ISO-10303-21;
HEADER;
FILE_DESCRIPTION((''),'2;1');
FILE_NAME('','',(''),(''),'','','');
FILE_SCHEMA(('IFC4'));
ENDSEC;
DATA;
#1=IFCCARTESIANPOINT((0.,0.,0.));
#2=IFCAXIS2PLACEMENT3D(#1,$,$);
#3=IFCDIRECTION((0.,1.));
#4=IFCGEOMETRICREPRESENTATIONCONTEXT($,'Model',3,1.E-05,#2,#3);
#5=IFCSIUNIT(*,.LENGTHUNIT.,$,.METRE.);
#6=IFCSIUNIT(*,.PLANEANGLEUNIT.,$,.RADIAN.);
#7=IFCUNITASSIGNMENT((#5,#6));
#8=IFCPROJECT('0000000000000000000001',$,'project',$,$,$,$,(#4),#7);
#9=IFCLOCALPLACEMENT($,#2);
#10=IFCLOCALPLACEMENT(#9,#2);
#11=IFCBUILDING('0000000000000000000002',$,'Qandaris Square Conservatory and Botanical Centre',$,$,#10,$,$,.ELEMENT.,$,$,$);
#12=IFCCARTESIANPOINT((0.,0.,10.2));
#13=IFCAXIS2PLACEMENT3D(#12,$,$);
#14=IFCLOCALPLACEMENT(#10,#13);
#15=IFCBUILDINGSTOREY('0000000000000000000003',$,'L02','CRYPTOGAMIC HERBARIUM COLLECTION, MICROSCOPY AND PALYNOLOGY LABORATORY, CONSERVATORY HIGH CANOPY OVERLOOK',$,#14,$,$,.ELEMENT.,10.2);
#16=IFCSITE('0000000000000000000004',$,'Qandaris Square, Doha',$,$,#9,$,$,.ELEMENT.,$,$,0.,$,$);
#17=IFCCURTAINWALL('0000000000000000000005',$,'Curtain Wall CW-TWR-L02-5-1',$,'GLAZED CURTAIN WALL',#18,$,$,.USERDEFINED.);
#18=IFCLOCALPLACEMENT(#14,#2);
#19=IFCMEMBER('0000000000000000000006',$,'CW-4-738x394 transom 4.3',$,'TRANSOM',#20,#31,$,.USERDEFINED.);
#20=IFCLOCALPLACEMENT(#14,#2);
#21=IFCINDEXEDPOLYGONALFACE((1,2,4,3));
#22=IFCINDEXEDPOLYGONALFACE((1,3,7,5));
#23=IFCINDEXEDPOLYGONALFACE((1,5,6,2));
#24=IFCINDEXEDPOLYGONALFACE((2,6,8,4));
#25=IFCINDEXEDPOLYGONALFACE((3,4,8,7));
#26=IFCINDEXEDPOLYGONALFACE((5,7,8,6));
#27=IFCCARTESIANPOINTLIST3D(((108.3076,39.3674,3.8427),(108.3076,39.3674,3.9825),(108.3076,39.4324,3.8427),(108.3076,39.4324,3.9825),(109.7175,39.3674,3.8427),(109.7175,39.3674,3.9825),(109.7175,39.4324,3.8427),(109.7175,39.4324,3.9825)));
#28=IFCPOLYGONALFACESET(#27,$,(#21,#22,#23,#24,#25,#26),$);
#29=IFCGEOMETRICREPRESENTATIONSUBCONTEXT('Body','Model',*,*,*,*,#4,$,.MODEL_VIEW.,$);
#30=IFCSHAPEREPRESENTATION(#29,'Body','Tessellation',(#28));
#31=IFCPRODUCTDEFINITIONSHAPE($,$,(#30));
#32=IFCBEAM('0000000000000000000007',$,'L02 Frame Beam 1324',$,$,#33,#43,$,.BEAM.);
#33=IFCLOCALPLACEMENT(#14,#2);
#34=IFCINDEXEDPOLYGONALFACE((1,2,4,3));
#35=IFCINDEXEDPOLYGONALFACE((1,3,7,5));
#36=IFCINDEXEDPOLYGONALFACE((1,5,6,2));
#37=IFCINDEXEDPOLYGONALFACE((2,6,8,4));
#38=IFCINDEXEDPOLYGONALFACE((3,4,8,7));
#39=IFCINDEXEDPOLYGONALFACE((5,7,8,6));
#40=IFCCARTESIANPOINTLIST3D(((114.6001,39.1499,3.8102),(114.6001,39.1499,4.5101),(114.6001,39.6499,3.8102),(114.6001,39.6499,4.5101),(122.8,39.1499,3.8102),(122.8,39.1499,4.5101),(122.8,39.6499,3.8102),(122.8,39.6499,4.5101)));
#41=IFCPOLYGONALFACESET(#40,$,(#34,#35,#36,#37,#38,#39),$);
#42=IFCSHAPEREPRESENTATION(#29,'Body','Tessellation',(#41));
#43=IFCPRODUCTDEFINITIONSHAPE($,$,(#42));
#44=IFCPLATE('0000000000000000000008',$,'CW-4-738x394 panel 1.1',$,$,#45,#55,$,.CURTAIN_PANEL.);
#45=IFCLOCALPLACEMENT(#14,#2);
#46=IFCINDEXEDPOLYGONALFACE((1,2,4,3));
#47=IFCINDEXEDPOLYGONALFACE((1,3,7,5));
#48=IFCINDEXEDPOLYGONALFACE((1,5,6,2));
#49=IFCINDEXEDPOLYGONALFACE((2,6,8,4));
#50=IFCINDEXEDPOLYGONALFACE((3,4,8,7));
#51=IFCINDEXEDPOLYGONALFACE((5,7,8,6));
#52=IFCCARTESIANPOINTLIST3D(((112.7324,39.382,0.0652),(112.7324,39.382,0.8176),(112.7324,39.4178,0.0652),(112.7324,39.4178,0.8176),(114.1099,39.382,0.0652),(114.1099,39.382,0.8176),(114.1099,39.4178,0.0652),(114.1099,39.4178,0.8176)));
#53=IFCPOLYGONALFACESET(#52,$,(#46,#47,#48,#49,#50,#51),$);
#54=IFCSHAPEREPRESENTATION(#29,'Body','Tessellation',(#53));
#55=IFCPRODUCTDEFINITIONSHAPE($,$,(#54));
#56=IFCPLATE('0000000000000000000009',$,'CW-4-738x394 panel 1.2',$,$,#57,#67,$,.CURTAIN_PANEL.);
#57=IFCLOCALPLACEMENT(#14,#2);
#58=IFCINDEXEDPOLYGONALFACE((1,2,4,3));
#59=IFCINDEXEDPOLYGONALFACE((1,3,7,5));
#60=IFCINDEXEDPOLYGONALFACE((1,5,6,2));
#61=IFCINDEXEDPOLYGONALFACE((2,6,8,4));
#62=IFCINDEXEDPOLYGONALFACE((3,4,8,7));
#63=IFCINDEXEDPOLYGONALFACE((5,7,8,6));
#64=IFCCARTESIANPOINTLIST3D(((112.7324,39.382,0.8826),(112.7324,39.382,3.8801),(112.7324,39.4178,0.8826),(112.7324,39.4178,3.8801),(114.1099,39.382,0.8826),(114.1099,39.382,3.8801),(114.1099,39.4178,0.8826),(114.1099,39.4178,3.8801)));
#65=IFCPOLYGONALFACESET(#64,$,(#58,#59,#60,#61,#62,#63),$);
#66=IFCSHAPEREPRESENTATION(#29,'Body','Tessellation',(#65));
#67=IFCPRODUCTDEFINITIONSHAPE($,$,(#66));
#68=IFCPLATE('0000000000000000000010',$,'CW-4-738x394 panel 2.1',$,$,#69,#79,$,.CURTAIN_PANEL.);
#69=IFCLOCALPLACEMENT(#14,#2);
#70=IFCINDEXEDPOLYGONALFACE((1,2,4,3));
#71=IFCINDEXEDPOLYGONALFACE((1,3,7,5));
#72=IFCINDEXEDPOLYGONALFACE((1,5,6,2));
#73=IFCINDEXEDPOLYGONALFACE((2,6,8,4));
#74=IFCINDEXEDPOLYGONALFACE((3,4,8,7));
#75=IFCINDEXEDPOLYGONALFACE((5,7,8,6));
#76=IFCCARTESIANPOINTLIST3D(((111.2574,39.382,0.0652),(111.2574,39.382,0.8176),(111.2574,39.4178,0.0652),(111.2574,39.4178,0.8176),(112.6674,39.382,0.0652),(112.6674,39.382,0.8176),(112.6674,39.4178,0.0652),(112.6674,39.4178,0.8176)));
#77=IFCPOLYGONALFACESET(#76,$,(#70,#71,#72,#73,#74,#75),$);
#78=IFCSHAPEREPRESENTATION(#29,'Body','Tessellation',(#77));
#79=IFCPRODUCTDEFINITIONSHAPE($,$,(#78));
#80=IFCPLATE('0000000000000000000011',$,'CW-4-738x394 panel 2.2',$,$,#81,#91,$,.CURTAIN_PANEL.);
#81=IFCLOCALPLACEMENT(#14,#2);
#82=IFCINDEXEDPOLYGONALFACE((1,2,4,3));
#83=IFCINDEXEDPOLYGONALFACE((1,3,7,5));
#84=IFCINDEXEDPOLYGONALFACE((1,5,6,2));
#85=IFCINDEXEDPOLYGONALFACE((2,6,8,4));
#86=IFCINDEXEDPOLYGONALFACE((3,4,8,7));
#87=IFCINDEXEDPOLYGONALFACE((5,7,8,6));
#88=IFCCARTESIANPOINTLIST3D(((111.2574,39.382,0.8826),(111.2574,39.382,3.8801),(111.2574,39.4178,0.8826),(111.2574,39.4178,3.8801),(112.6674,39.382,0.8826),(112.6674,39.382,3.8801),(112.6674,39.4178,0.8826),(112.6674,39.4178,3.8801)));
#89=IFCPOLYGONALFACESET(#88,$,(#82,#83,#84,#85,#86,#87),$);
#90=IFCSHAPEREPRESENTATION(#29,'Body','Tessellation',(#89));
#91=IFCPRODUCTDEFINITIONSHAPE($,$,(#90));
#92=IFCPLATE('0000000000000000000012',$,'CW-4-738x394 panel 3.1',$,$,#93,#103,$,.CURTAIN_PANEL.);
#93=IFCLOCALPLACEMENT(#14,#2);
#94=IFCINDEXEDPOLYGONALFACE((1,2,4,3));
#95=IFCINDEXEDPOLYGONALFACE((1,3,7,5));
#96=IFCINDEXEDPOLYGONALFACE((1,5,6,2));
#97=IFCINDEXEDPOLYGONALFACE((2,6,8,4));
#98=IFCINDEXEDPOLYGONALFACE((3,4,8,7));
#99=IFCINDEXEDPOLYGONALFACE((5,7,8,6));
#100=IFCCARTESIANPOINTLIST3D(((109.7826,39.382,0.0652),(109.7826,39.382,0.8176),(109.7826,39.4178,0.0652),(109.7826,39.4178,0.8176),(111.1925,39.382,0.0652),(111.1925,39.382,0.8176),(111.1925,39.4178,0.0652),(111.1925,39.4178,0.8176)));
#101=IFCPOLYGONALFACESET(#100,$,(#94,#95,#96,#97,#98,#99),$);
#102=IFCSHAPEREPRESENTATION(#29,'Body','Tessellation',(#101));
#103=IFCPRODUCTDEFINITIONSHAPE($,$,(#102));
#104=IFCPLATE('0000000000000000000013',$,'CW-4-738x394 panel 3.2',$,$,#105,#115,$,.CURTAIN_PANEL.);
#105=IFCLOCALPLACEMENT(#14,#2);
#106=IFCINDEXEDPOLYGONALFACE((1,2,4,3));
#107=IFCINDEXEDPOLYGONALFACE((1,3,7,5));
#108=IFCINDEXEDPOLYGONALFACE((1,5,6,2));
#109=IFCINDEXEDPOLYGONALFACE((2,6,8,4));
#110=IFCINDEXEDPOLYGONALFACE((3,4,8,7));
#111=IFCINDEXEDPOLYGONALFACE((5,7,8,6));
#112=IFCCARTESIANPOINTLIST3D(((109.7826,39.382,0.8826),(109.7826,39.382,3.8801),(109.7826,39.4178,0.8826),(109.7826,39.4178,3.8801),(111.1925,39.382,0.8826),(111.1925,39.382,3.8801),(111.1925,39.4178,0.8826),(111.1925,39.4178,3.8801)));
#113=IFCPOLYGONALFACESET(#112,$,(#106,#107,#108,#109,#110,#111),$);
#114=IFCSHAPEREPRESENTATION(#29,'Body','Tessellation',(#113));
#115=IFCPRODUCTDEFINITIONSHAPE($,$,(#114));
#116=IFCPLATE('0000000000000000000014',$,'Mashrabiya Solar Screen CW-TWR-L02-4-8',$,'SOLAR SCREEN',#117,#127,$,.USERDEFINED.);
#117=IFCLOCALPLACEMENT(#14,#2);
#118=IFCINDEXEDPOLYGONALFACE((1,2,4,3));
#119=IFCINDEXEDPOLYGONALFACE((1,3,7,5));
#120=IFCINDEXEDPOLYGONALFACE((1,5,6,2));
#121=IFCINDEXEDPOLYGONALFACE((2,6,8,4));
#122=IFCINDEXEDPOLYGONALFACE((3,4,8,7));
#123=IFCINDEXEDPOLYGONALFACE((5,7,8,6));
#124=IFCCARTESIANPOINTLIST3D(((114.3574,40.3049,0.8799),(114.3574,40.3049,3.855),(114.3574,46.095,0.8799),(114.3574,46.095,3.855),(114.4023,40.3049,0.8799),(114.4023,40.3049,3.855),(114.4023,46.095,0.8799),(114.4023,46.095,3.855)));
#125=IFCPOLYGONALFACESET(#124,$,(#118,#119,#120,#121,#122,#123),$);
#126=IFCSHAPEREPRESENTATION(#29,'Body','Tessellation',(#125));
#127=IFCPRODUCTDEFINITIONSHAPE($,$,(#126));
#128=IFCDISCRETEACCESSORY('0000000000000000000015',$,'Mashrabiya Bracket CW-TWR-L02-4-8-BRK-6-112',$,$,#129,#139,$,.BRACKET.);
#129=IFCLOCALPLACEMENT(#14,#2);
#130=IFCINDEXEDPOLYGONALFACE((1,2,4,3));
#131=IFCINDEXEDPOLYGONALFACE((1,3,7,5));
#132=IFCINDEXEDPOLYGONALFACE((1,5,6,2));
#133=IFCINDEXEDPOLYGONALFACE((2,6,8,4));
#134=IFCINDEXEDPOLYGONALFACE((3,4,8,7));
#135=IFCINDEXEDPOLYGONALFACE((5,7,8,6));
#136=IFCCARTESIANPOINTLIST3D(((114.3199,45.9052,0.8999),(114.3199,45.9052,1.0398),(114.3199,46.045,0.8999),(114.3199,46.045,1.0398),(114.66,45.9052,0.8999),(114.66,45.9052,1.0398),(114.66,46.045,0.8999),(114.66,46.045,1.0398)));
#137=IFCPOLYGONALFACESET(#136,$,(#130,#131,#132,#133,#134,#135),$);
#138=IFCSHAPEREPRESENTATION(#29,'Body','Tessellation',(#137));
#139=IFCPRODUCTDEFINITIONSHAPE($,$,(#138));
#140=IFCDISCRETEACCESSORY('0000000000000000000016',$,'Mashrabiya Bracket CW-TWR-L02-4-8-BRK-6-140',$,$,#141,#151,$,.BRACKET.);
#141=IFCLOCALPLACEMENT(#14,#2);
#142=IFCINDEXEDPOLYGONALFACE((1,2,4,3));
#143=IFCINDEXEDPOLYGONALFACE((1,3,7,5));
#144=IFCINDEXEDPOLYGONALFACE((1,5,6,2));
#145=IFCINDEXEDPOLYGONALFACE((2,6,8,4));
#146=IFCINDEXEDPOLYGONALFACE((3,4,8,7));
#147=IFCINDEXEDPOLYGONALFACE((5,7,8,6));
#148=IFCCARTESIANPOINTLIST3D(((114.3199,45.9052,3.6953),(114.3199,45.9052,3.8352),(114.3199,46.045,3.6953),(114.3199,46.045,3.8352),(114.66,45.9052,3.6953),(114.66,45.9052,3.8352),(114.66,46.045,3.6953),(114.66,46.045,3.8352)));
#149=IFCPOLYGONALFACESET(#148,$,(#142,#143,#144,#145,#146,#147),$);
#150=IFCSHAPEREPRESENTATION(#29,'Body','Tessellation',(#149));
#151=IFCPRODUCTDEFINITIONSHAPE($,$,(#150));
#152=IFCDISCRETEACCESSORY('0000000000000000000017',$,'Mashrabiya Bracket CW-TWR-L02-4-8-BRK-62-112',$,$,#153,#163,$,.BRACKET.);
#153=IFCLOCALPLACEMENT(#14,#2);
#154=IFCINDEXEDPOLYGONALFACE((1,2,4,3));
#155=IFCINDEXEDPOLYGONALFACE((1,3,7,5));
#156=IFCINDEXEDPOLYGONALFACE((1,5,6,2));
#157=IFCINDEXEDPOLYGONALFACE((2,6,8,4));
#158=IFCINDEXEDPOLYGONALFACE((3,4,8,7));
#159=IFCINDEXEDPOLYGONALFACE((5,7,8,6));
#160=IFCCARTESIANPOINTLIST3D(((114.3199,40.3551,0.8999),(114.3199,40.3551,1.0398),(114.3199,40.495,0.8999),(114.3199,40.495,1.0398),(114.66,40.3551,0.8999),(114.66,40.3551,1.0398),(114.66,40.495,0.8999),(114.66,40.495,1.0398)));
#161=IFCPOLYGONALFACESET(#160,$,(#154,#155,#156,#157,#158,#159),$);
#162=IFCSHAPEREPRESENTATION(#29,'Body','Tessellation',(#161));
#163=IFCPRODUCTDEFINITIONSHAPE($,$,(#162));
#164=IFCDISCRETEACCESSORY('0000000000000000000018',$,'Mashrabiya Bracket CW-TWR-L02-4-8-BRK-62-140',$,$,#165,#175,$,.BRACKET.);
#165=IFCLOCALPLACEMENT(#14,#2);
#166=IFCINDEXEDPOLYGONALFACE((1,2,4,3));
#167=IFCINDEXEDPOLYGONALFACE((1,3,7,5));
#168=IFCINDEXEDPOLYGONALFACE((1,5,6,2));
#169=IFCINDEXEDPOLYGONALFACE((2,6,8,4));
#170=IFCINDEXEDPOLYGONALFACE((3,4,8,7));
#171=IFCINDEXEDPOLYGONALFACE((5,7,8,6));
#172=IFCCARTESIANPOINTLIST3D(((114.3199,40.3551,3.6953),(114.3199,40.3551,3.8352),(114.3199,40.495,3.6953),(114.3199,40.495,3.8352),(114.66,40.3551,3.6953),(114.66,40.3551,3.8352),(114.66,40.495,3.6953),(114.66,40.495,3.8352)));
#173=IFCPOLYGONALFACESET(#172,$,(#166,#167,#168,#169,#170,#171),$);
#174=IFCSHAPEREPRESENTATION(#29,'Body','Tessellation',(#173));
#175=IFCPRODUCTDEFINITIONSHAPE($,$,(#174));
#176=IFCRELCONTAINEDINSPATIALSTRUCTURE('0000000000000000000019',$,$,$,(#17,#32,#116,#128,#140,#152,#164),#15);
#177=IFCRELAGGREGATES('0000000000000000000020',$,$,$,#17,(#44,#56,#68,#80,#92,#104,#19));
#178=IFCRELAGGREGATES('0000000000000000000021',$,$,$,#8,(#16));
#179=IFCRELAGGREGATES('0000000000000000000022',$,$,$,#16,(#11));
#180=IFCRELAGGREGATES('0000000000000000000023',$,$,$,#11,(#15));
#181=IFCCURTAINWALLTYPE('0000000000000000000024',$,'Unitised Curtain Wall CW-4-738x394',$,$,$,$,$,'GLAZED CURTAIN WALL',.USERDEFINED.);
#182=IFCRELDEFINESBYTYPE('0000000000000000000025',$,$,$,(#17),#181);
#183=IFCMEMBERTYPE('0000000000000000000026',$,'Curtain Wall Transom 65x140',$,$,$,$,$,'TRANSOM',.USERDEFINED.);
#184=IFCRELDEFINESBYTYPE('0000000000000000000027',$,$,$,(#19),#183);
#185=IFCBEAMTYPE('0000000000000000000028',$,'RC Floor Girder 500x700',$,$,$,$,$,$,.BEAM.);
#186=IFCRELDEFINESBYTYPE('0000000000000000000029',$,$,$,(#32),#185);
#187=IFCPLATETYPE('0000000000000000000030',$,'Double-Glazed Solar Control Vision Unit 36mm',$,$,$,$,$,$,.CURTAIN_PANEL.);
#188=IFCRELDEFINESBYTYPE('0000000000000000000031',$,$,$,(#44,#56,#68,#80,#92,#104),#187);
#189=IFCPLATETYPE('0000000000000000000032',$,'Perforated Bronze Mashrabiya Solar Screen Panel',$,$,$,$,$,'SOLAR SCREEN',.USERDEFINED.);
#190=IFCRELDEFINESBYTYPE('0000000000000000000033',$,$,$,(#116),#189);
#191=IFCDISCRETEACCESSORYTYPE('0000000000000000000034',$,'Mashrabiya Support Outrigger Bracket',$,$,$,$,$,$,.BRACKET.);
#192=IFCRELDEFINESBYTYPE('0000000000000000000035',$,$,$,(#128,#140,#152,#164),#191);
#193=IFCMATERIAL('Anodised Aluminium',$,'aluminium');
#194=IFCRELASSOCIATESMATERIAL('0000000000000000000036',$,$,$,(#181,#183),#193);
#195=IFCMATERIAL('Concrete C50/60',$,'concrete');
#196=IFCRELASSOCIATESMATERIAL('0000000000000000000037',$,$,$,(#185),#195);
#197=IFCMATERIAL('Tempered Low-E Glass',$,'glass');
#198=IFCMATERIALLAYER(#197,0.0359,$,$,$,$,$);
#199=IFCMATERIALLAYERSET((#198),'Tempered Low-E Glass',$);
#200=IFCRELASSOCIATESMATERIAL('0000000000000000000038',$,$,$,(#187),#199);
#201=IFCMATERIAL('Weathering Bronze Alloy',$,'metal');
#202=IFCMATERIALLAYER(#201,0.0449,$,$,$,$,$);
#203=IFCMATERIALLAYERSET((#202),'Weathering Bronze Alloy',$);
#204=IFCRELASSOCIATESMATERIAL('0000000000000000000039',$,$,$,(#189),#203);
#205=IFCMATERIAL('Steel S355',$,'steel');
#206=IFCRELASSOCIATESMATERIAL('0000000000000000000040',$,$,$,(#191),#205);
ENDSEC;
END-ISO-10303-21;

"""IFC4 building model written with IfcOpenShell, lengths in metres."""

from ifc_helpers import new_model, si_unit, direction, frame, origin, origin_2d, place, context, subcontext, project, spatial, rectangle, extrude, material, layer, layer_set, material_profile, profile_set, type_object, element, aggregate, save


model = new_model("IFC4")

# Units and contexts
model_context = context("Model", 3, precision=1e-05, world=origin(), true_north=direction((0.0, 1.0)))
body_context = subcontext(model_context, "Body", "Model", "MODEL_VIEW")
ifc_project = project(units=[si_unit("LENGTHUNIT", "METRE"), si_unit("PLANEANGLEUNIT", "RADIAN")], contexts=[model_context])

# Site, building, storey
site_placement = place(None, origin())
site = spatial("IfcSite", under=ifc_project, at=site_placement, Name="Qandaris Square, Doha", CompositionType="ELEMENT", RefElevation=0.0)
building_placement = place(site_placement, origin())
building = spatial("IfcBuilding", under=site, at=building_placement, Name="Qandaris Square Conservatory and Botanical Centre", CompositionType="ELEMENT")
storey_placement = place(building_placement, frame((0.0, 0.0, 10.2)))
storey = spatial("IfcBuildingStorey", under=building, at=storey_placement, Name="L02", Description="CRYPTOGAMIC HERBARIUM COLLECTION, MICROSCOPY AND PALYNOLOGY LABORATORY, CONSERVATORY HIGH CANOPY OVERLOOK", CompositionType="ELEMENT", Elevation=10.2)

# Shared definitions
ifc_material_1 = material(Name="Concrete C50/60", Category="concrete")

# Curtain wall, member
ifc_material_2 = material(Name="Anodised Aluminium", Category="aluminium")
curtain_wall_type = type_object("IfcCurtainWallType", Name="Unitised Curtain Wall CW-4-738x394", ElementType="GLAZED CURTAIN WALL", PredefinedType="USERDEFINED", material=ifc_material_2)
curtain_wall_placement = place(storey_placement, origin())
curtain_wall = element("IfcCurtainWall", 1, at=curtain_wall_placement, inside=storey, type_object=curtain_wall_type, Name="Curtain Wall CW-TWR-L02-5-1", ObjectType="GLAZED CURTAIN WALL", PredefinedType="USERDEFINED")
ifc_material_profile_1 = material_profile(ifc_material_2, rectangle(XDim=0.0649, YDim=0.1399, at=origin_2d()), Name="ALU-TRN 65x140")
ifc_profile_set_1 = profile_set([ifc_material_profile_1], Name="Anodised Aluminium")
member_type_1 = type_object("IfcMemberType", Name="Curtain Wall Transom 65x140", ElementType="TRANSOM", PredefinedType="USERDEFINED", material=ifc_profile_set_1)
member_1_placement = place(storey_placement, frame((109.7175, 39.3999, 3.9126), z_axis=(-1.0, 0.0, 0.0), x_axis=(0.0, -1.0, 0.0)))
member_1 = element("IfcMember", 2, at=member_1_placement, type_object=member_type_1, Name="CW-4-738x394 transom 4.3", ObjectType="TRANSOM", PredefinedType="USERDEFINED", context=body_context, shape_type="SweptSolid", body=[
    extrude(rectangle(XDim=0.0649, YDim=0.1399, at=origin_2d()), origin(), (0.0, 0.0, 1.0), 1.4099),
])

# Beam
ifc_material_profile_2 = material_profile(ifc_material_1, rectangle(XDim=0.5, YDim=0.7, at=origin_2d()), Name="RC-BM 500x700")
ifc_profile_set_2 = profile_set([ifc_material_profile_2], Name="Concrete C50/60")
beam_type = type_object("IfcBeamType", Name="RC Floor Girder 500x700", PredefinedType="BEAM", material=ifc_profile_set_2)
beam_placement = place(storey_placement, frame((114.6001, 39.3999, 4.1602), z_axis=(1.0, 0.0, 0.0), x_axis=(0.0, 1.0, 0.0)))
element("IfcBeam", 3, at=beam_placement, inside=storey, type_object=beam_type, Name="L02 Frame Beam 1324", PredefinedType="BEAM", context=body_context, shape_type="SweptSolid", body=[
    extrude(rectangle(XDim=0.5, YDim=0.7, at=origin_2d()), origin(), (0.0, 0.0, 1.0), 8.2),
])

# Plates
ifc_material_3 = material(Name="Tempered Low-E Glass", Category="glass")
ifc_layer_1 = layer(ifc_material_3, 0.0359)
ifc_layer_set_1 = layer_set([ifc_layer_1], Name="Tempered Low-E Glass")
plate_type_1 = type_object("IfcPlateType", Name="Double-Glazed Solar Control Vision Unit 36mm", PredefinedType="CURTAIN_PANEL", material=ifc_layer_set_1)
plate_1_placement = place(storey_placement, frame((113.4211, 39.3999, 0.0652), z_axis=(0.0, 0.0, 1.0), x_axis=(-1.0, 0.0, 0.0)))
plate_1 = element("IfcPlate", 4, at=plate_1_placement, type_object=plate_type_1, Name="CW-4-738x394 panel 1.1", PredefinedType="CURTAIN_PANEL", context=body_context, shape_type="SweptSolid", body=[
    extrude(rectangle(XDim=1.3774, YDim=0.0359, at=origin_2d()), origin(), (0.0, 0.0, 1.0), 0.7524),
])
plate_2_placement = place(storey_placement, frame((113.4211, 39.3999, 0.8826), z_axis=(0.0, 0.0, 1.0), x_axis=(-1.0, 0.0, 0.0)))
plate_2 = element("IfcPlate", 5, at=plate_2_placement, type_object=plate_type_1, Name="CW-4-738x394 panel 1.2", PredefinedType="CURTAIN_PANEL", context=body_context, shape_type="SweptSolid", body=[
    extrude(rectangle(XDim=1.3774, YDim=0.0359, at=origin_2d()), origin(), (0.0, 0.0, 1.0), 2.9976),
])
plate_3_placement = place(storey_placement, frame((111.9624, 39.3999, 0.0652), z_axis=(0.0, 0.0, 1.0), x_axis=(-1.0, 0.0, 0.0)))
plate_3 = element("IfcPlate", 6, at=plate_3_placement, type_object=plate_type_1, Name="CW-4-738x394 panel 2.1", PredefinedType="CURTAIN_PANEL", context=body_context, shape_type="SweptSolid", body=[
    extrude(rectangle(XDim=1.4099, YDim=0.0359, at=origin_2d()), origin(), (0.0, 0.0, 1.0), 0.7524),
])
plate_4_placement = place(storey_placement, frame((111.9624, 39.3999, 0.8826), z_axis=(0.0, 0.0, 1.0), x_axis=(-1.0, 0.0, 0.0)))
plate_4 = element("IfcPlate", 7, at=plate_4_placement, type_object=plate_type_1, Name="CW-4-738x394 panel 2.2", PredefinedType="CURTAIN_PANEL", context=body_context, shape_type="SweptSolid", body=[
    extrude(rectangle(XDim=1.4099, YDim=0.0359, at=origin_2d()), origin(), (0.0, 0.0, 1.0), 2.9976),
])
plate_5_placement = place(storey_placement, frame((110.4875, 39.3999, 0.0652), z_axis=(0.0, 0.0, 1.0), x_axis=(-1.0, 0.0, 0.0)))
plate_5 = element("IfcPlate", 8, at=plate_5_placement, type_object=plate_type_1, Name="CW-4-738x394 panel 3.1", PredefinedType="CURTAIN_PANEL", context=body_context, shape_type="SweptSolid", body=[
    extrude(rectangle(XDim=1.4099, YDim=0.0359, at=origin_2d()), origin(), (0.0, 0.0, 1.0), 0.7524),
])
plate_6_placement = place(storey_placement, frame((110.4875, 39.3999, 0.8826), z_axis=(0.0, 0.0, 1.0), x_axis=(-1.0, 0.0, 0.0)))
plate_6 = element("IfcPlate", 9, at=plate_6_placement, type_object=plate_type_1, Name="CW-4-738x394 panel 3.2", PredefinedType="CURTAIN_PANEL", context=body_context, shape_type="SweptSolid", body=[
    extrude(rectangle(XDim=1.4099, YDim=0.0359, at=origin_2d()), origin(), (0.0, 0.0, 1.0), 2.9976),
])
aggregate(curtain_wall, [plate_1, plate_2, plate_3, plate_4, plate_5, plate_6, member_1])
ifc_material_4 = material(Name="Weathering Bronze Alloy", Category="metal")
ifc_layer_2 = layer(ifc_material_4, 0.0449)
ifc_layer_set_2 = layer_set([ifc_layer_2], Name="Weathering Bronze Alloy")
plate_type_2 = type_object("IfcPlateType", Name="Perforated Bronze Mashrabiya Solar Screen Panel", ElementType="SOLAR SCREEN", PredefinedType="USERDEFINED", material=ifc_layer_set_2)
plate_7_placement = place(storey_placement, frame((114.3799, 43.2, 0.8799), z_axis=(0.0, 0.0, 1.0), x_axis=(0.0, -1.0, 0.0)))
element("IfcPlate", 10, at=plate_7_placement, inside=storey, type_object=plate_type_2, Name="Mashrabiya Solar Screen CW-TWR-L02-4-8", ObjectType="SOLAR SCREEN", PredefinedType="USERDEFINED", context=body_context, shape_type="SweptSolid", body=[
    extrude(rectangle(XDim=5.79, YDim=0.0449, at=origin_2d()), origin(), (0.0, 0.0, 1.0), 2.9751),
])

# Discrete accessories
ifc_material_5 = material(Name="Steel S355", Category="steel")
discrete_accessory_type = type_object("IfcDiscreteAccessoryType", Name="Mashrabiya Support Outrigger Bracket", PredefinedType="BRACKET", material=ifc_material_5)
for number, where, z_axis, x_axis, name in (
    (11, (114.49, 45.9751, 0.8999), (0.0, 0.0, 1.0), (0.0, -1.0, 0.0), "Mashrabiya Bracket CW-TWR-L02-4-8-BRK-6-112"),
    (12, (114.49, 45.9751, 3.6953), (0.0, 0.0, 1.0), (0.0, -1.0, 0.0), "Mashrabiya Bracket CW-TWR-L02-4-8-BRK-6-140"),
    (13, (114.49, 40.425, 0.8999), (0.0, 0.0, 1.0), (0.0, -1.0, 0.0), "Mashrabiya Bracket CW-TWR-L02-4-8-BRK-62-112"),
    (14, (114.49, 40.425, 3.6953), (0.0, 0.0, 1.0), (0.0, -1.0, 0.0), "Mashrabiya Bracket CW-TWR-L02-4-8-BRK-62-140"),
):
    element("IfcDiscreteAccessory", number, at=place(storey_placement, frame(where, z_axis=z_axis, x_axis=x_axis)), inside=storey, type_object=discrete_accessory_type, Name=name, PredefinedType="BRACKET", context=body_context, shape_type="SweptSolid", body=[
        extrude(rectangle(XDim=0.1399, YDim=0.3401, at=origin_2d()), origin(), (0.0, 0.0, 1.0), 0.1399),
    ])

save(model, "model.ifc")
